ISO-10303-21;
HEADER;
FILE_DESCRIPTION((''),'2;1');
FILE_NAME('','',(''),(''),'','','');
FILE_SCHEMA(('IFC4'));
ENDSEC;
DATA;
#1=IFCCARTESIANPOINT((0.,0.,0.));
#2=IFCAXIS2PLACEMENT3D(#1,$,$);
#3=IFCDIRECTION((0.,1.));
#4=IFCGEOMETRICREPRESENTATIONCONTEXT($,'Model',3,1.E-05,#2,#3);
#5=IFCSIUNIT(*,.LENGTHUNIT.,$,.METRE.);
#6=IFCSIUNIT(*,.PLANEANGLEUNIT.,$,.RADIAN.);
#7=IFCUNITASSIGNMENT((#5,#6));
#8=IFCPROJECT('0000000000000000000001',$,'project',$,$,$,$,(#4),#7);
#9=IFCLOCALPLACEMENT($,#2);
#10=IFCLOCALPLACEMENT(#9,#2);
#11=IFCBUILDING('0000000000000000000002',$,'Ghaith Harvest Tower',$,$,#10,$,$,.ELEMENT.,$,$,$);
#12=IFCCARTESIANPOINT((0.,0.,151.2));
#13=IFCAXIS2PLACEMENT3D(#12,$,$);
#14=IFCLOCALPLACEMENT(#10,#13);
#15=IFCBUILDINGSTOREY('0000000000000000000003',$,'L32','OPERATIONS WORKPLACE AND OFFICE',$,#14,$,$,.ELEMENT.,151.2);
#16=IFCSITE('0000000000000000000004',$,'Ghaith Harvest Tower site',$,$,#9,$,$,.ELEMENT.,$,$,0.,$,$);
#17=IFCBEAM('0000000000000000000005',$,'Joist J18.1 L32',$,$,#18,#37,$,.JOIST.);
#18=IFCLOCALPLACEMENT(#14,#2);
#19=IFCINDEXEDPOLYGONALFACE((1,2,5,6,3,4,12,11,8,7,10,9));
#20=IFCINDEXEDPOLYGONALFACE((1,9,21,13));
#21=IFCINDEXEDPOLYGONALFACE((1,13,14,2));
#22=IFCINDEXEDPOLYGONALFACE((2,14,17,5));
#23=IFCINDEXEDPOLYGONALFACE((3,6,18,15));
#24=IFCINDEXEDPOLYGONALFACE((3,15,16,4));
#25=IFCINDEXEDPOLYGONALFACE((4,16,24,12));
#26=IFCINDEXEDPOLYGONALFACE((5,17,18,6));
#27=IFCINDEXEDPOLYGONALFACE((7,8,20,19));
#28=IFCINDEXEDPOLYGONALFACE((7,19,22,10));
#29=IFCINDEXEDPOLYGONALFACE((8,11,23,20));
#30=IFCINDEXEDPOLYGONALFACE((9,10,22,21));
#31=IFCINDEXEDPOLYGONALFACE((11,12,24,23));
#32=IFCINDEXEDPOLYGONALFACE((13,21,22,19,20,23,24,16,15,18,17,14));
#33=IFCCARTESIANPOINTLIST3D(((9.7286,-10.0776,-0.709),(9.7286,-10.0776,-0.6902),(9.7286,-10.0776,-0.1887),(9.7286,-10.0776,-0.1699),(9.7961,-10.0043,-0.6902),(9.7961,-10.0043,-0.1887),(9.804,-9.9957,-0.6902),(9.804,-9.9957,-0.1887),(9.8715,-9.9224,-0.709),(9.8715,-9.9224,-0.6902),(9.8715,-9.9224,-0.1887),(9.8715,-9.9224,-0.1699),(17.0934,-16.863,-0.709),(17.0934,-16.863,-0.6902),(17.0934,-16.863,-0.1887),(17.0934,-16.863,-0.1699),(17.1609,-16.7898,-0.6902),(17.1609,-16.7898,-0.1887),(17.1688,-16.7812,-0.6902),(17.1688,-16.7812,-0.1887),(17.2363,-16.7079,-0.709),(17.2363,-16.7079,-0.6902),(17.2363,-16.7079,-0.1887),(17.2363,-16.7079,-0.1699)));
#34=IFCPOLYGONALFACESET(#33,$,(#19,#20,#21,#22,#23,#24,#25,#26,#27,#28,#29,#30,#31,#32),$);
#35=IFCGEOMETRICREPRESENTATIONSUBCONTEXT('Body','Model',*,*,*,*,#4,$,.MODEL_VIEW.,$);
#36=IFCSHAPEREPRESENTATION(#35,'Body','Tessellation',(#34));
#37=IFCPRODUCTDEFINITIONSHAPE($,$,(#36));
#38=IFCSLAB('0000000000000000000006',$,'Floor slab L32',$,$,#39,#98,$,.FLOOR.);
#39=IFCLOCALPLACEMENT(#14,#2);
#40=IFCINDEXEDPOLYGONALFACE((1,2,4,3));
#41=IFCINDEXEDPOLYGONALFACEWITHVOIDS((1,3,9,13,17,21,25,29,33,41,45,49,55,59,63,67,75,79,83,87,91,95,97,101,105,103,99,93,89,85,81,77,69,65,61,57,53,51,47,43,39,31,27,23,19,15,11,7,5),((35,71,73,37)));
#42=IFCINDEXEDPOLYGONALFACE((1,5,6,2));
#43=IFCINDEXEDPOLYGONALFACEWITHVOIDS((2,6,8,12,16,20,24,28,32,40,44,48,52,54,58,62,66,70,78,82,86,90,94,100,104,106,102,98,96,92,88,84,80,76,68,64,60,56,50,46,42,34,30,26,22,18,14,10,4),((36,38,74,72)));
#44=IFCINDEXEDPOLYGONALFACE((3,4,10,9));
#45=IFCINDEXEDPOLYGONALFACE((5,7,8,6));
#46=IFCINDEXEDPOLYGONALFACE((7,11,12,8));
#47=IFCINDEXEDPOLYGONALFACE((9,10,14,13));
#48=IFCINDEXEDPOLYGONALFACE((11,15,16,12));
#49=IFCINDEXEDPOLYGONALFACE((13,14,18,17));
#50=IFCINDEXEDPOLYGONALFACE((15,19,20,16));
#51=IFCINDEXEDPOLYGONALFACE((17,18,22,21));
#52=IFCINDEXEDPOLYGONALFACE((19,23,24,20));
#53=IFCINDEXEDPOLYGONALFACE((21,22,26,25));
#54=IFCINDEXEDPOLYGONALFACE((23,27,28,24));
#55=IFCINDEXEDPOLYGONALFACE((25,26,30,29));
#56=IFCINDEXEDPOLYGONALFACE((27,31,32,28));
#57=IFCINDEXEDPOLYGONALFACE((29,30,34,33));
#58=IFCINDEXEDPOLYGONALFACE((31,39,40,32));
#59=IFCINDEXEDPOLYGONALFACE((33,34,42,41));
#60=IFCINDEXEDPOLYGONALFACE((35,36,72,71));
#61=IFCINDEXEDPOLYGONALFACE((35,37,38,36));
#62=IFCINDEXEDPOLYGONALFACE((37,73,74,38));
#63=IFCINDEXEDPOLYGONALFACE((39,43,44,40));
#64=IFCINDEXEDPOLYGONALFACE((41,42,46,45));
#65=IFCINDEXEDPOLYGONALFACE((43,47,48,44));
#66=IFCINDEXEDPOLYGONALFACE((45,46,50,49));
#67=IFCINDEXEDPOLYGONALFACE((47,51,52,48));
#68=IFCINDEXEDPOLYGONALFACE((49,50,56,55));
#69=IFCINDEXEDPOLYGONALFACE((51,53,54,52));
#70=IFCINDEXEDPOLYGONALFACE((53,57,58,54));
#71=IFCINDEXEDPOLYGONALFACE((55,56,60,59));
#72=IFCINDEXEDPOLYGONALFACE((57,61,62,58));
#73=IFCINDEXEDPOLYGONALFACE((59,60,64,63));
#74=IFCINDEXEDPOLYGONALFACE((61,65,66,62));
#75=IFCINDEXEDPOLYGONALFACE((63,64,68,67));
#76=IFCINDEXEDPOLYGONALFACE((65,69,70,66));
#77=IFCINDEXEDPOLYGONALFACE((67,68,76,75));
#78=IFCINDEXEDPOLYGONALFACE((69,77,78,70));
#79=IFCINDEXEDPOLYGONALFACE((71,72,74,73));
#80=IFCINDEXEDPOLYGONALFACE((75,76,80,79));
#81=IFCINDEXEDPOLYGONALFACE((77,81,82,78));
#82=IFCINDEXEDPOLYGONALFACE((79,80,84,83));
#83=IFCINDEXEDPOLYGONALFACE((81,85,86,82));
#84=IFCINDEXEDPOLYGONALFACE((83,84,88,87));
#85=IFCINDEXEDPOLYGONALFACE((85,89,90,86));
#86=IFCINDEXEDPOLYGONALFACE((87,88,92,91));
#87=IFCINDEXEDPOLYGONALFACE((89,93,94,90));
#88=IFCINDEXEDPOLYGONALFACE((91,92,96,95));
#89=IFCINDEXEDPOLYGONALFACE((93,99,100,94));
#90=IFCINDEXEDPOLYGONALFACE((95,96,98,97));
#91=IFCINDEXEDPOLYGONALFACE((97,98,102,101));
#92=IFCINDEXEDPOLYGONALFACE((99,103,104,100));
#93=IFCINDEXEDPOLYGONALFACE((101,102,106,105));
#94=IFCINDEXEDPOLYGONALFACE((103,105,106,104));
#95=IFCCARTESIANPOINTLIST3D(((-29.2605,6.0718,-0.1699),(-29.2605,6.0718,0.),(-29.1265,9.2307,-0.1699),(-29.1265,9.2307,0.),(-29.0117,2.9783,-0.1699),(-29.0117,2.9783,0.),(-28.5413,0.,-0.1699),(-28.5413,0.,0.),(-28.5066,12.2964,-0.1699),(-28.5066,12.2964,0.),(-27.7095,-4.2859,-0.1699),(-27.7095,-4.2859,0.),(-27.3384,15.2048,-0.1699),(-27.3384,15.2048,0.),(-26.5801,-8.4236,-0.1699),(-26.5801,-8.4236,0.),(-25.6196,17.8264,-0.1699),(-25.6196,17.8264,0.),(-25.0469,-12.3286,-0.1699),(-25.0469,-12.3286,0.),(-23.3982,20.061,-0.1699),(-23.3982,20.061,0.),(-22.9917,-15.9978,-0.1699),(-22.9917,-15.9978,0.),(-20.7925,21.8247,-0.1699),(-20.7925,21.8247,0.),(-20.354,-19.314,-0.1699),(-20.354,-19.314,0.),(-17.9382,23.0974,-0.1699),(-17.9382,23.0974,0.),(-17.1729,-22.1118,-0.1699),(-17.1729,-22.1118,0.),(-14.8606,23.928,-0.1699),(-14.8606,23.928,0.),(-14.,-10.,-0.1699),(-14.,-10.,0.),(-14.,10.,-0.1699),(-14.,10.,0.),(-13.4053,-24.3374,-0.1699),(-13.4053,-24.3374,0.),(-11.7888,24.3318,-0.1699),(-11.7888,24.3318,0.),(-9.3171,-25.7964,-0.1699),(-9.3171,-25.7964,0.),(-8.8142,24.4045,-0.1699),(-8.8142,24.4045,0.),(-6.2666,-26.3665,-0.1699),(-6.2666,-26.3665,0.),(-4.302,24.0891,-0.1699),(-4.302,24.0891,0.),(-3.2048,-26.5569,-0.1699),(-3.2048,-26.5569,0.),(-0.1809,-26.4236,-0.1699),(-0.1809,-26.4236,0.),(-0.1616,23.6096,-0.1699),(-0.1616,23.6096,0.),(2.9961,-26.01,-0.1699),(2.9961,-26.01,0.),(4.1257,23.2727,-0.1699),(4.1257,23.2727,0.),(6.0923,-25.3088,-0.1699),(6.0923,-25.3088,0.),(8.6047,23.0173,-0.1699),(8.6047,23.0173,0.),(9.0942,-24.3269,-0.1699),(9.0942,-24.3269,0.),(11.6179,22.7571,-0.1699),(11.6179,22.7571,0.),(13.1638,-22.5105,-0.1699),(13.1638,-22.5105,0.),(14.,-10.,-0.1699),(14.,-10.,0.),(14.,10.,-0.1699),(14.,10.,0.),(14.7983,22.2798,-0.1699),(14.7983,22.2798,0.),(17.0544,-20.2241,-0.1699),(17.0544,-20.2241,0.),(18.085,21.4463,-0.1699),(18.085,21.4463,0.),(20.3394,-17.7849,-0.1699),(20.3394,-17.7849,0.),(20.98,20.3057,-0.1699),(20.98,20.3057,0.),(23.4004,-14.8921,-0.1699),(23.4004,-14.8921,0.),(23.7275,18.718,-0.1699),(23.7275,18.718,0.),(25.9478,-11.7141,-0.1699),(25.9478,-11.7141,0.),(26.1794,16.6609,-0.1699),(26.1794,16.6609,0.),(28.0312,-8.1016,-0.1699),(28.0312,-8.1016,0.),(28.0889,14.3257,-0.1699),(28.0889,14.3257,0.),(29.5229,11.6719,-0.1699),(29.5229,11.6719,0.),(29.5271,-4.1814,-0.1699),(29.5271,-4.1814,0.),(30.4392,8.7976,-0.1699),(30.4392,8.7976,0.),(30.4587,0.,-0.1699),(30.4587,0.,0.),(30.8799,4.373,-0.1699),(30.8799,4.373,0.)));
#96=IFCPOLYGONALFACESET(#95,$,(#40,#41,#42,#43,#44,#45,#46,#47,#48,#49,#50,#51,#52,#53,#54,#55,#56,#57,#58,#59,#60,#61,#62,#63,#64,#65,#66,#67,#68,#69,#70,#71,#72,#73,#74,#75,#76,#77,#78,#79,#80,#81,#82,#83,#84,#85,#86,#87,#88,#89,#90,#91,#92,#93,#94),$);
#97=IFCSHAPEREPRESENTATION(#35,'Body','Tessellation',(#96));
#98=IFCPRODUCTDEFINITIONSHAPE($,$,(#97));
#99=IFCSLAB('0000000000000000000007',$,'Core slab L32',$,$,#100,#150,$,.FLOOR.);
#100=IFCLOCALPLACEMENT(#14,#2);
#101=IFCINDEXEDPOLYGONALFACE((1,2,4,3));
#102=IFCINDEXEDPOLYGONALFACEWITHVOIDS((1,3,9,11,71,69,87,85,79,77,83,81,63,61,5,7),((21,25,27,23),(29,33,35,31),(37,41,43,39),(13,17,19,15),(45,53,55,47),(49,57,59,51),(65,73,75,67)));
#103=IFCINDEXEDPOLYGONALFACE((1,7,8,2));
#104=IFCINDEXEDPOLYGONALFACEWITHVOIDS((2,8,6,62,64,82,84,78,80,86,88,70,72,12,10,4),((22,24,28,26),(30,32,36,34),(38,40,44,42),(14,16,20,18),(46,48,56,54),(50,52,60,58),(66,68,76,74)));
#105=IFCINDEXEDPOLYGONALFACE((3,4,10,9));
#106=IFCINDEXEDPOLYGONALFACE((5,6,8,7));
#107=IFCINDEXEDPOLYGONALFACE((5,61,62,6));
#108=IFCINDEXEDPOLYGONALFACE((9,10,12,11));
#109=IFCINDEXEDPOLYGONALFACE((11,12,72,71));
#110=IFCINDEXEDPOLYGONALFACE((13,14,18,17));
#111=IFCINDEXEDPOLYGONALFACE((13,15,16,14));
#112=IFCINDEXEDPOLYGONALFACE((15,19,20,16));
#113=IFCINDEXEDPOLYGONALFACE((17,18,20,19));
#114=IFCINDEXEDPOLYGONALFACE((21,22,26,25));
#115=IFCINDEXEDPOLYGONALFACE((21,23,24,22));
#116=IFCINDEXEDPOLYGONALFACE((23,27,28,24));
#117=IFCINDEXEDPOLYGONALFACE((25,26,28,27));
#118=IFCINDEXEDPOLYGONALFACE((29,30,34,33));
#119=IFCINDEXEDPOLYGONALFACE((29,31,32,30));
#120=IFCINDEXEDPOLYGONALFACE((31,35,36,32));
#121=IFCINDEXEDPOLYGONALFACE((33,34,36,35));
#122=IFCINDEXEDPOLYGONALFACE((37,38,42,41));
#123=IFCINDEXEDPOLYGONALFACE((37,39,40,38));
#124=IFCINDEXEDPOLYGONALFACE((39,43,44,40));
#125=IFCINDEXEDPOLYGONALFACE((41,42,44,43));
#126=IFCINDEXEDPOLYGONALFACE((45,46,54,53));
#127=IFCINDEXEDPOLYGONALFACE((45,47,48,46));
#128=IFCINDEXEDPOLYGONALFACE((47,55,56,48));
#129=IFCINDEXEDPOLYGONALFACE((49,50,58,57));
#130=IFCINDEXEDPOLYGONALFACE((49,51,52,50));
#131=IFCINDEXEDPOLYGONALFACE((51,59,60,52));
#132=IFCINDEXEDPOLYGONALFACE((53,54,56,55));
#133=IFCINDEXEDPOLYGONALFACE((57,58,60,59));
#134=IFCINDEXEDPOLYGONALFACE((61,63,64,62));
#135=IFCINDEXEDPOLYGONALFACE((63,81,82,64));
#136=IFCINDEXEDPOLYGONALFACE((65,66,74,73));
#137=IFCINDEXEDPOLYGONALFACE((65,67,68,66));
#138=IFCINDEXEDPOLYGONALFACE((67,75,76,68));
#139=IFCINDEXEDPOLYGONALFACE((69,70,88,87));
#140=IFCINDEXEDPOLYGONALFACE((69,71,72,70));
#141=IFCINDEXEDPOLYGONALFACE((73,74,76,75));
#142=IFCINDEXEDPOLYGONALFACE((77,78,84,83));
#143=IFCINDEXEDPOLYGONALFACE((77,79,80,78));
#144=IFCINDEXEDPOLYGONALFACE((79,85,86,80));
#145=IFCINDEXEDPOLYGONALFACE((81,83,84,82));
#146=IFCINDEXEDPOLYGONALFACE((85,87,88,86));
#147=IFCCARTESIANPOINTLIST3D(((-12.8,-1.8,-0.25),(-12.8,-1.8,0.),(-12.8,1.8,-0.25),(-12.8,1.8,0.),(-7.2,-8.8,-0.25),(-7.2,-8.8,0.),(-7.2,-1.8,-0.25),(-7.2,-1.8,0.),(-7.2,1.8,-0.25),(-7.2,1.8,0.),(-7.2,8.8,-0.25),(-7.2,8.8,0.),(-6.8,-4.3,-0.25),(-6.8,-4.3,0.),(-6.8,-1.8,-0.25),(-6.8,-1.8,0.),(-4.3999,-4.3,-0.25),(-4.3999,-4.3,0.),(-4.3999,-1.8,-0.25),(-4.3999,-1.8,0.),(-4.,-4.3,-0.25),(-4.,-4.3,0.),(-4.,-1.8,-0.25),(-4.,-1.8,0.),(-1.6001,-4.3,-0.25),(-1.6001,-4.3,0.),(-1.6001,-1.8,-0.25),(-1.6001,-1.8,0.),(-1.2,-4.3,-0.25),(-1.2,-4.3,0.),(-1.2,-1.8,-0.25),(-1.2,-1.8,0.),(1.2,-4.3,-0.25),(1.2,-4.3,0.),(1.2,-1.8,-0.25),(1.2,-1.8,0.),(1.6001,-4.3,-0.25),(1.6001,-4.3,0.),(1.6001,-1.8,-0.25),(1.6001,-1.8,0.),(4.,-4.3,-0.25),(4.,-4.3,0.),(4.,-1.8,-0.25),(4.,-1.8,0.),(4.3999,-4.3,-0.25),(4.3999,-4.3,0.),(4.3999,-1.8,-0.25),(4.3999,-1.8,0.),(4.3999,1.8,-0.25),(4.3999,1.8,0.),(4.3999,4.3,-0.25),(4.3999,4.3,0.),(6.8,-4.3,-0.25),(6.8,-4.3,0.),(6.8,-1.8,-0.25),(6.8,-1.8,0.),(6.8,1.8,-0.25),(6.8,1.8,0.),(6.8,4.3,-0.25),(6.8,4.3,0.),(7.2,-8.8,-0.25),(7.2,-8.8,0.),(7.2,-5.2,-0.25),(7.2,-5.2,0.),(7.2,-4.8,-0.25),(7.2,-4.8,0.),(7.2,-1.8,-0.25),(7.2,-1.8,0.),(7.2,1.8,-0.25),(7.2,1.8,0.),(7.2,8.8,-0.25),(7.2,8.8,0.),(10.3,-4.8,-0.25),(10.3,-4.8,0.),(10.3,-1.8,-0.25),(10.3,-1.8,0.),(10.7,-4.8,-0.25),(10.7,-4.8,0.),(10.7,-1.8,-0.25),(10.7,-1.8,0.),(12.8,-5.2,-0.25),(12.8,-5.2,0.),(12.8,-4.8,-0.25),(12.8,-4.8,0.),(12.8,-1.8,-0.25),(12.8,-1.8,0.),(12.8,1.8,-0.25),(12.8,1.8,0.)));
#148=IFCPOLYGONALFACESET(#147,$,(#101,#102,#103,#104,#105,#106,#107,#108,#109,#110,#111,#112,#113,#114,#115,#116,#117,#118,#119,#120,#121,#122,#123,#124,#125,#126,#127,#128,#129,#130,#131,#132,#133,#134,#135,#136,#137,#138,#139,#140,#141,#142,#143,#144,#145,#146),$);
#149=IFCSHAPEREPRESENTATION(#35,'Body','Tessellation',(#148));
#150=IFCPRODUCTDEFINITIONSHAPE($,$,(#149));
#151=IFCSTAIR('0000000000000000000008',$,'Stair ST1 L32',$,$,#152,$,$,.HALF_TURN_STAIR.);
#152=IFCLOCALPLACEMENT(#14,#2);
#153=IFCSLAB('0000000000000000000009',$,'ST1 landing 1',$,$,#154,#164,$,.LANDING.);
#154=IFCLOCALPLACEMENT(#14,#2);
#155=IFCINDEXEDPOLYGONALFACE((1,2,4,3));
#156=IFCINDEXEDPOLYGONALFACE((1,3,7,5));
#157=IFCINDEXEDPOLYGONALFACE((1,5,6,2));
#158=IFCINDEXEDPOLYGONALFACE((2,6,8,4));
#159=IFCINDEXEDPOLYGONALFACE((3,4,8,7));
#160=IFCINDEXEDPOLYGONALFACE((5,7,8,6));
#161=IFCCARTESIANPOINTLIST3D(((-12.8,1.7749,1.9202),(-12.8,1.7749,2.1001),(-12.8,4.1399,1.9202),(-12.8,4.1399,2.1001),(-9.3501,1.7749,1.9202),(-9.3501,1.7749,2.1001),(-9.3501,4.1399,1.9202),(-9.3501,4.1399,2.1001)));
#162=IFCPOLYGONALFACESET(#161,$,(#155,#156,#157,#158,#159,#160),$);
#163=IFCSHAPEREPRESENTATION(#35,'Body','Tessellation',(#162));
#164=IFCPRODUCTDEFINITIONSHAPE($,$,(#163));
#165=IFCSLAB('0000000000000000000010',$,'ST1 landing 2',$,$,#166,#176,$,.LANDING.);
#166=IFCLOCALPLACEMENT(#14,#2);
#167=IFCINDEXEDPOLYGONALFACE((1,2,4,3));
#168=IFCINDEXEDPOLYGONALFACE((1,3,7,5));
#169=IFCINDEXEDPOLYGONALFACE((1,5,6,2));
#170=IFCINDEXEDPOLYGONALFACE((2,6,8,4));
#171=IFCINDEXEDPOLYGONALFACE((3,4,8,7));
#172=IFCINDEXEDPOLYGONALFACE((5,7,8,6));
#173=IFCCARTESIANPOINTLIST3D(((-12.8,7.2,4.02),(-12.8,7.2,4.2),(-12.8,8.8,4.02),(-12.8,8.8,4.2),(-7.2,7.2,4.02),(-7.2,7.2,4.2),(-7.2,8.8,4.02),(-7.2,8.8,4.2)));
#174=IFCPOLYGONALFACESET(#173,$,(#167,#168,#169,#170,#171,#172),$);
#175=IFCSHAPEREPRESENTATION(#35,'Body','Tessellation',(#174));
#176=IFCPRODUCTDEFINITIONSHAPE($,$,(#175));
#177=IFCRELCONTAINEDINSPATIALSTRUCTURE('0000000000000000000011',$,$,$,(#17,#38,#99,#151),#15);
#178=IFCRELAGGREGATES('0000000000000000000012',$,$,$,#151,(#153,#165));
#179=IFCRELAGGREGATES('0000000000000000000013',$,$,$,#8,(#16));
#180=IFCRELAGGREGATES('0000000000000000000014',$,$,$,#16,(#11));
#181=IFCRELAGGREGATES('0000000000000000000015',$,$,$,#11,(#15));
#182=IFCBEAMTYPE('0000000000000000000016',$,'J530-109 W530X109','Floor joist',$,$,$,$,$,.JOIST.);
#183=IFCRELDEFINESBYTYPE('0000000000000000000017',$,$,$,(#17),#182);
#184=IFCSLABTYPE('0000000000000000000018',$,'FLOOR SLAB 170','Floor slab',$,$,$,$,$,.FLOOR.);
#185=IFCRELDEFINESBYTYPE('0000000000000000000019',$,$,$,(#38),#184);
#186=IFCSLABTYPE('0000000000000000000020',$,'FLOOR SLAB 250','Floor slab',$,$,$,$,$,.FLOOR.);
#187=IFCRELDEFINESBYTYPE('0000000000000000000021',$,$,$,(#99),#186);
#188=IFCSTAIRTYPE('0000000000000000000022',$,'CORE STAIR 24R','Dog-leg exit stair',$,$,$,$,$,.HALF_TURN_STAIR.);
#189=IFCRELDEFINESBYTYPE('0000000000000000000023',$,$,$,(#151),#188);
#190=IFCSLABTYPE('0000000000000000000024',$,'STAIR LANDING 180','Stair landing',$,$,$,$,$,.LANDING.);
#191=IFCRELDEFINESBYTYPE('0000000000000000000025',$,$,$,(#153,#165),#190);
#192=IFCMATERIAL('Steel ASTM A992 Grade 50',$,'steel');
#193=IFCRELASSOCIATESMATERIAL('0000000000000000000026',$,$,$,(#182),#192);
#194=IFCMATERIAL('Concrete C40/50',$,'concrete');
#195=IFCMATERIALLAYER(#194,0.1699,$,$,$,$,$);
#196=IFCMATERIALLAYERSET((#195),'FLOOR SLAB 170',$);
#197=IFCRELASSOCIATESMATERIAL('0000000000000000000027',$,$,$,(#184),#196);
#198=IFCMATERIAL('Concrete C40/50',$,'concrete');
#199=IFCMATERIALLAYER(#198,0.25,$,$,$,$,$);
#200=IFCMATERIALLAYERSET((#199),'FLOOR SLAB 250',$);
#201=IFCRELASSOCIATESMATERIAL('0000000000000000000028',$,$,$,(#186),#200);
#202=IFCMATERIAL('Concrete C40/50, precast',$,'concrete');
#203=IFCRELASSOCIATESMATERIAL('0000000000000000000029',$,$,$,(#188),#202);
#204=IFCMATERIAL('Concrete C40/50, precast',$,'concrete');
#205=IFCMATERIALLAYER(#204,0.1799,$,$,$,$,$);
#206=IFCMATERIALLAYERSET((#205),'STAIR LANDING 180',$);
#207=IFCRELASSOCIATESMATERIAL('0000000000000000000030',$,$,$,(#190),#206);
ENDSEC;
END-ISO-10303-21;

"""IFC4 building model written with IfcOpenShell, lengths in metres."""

from ifc_helpers import new_model, si_unit, direction, frame, origin, origin_2d, place, context, subcontext, project, spatial, polyline, i_section, outline, extrude, material, layer, layer_set, material_profile, profile_set, type_object, element, aggregate, save


model = new_model("IFC4")

# Units and contexts
model_context = context("Model", 3, precision=1e-05, world=origin(), true_north=direction((0.0, 1.0)))
body_context = subcontext(model_context, "Body", "Model", "MODEL_VIEW")
ifc_project = project(units=[si_unit("LENGTHUNIT", "METRE"), si_unit("PLANEANGLEUNIT", "RADIAN")], contexts=[model_context])

# Site, building, storey
site_placement = place(None, origin())
site = spatial("IfcSite", under=ifc_project, at=site_placement, Name="Ghaith Harvest Tower site", CompositionType="ELEMENT", RefElevation=0.0)
building_placement = place(site_placement, origin())
building = spatial("IfcBuilding", under=site, at=building_placement, Name="Ghaith Harvest Tower", CompositionType="ELEMENT")
storey_placement = place(building_placement, frame((0.0, 0.0, 151.2)))
storey = spatial("IfcBuildingStorey", under=building, at=storey_placement, Name="L32", Description="OPERATIONS WORKPLACE AND OFFICE", CompositionType="ELEMENT", Elevation=151.2)

# Beam
ifc_material_1 = material(Name="Steel ASTM A992 Grade 50", Category="steel")
ifc_material_profile = material_profile(ifc_material_1, i_section(OverallWidth=0.2109, OverallDepth=0.5391, WebThickness=0.0117, FlangeThickness=0.0188, at=origin_2d()), Name="W530X109")
ifc_profile_set = profile_set([ifc_material_profile], Name="Steel ASTM A992 Grade 50")
beam_type = type_object("IfcBeamType", Name="J530-109 W530X109", Description="Floor joist", PredefinedType="JOIST", material=ifc_profile_set)
beam_placement = place(storey_placement, frame((9.8, -10.0, -0.4395), z_axis=(0.735442, -0.677588, 0.0), x_axis=(0.677588, 0.735442, 0.0)))
element("IfcBeam", 1, at=beam_placement, inside=storey, type_object=beam_type, Name="Joist J18.1 L32", PredefinedType="JOIST", context=body_context, shape_type="SweptSolid", body=[
    extrude(i_section(OverallWidth=0.2109, OverallDepth=0.5391, WebThickness=0.0117, FlangeThickness=0.0188, at=origin_2d()), origin(), (0.0, 0.0, 1.0), 10.0142),
])

# Slabs
ifc_material_2 = material(Name="Concrete C40/50", Category="concrete")
ifc_layer_1 = layer(ifc_material_2, 0.1699)
ifc_layer_set_1 = layer_set([ifc_layer_1], Name="FLOOR SLAB 170")
slab_type_1 = type_object("IfcSlabType", Name="FLOOR SLAB 170", Description="Floor slab", PredefinedType="FLOOR", material=ifc_layer_set_1)
slab_1_placement = place(storey_placement, frame((0.0, 0.0, -0.1699)))
element("IfcSlab", 2, at=slab_1_placement, inside=storey, type_object=slab_type_1, Name="Floor slab L32", PredefinedType="FLOOR", context=body_context, shape_type="SweptSolid", body=[
    extrude(outline(polyline([(30.4587, 0.0), (30.8799, 4.373), (30.4392, 8.7976), (29.5229, 11.6719), (28.0889, 14.3257), (26.1794, 16.6609), (23.7275, 18.718), (20.98, 20.3057), (18.085, 21.4463), (14.7983, 22.2798), (11.6179, 22.7571), (8.6047, 23.0173), (4.1257, 23.2727), (-0.1616, 23.6096), (-4.302, 24.0891), (-8.8142, 24.4045), (-11.7888, 24.3318), (-14.8606, 23.928), (-17.9382, 23.0974), (-20.7925, 21.8247), (-23.3982, 20.061), (-25.6196, 17.8264), (-27.3384, 15.2048), (-28.5066, 12.2964), (-29.1265, 9.2307), (-29.2605, 6.0718), (-29.0117, 2.9783), (-28.5413, 0.0), (-27.7095, -4.2859), (-26.5801, -8.4236), (-25.0469, -12.3286), (-22.9917, -15.9978), (-20.354, -19.314), (-17.1729, -22.1118), (-13.4053, -24.3374), (-9.3171, -25.7964), (-6.2666, -26.3665), (-3.2048, -26.5569), (-0.1809, -26.4236), (2.9961, -26.01), (6.0923, -25.3088), (9.0942, -24.3269), (13.1638, -22.5105), (17.0544, -20.2241), (20.3394, -17.7849), (23.4004, -14.8921), (25.9478, -11.7141), (28.0312, -8.1016), (29.5271, -4.1814), (30.4587, 0.0)]), holes=[polyline([(-14.0, -10.0), (14.0, -10.0), (14.0, 10.0), (-14.0, 10.0), (-14.0, -10.0)])]), origin(), (0.0, 0.0, 1.0), 0.1699),
])
ifc_material_3 = material(Name="Concrete C40/50", Category="concrete")
ifc_layer_2 = layer(ifc_material_3, 0.25)
ifc_layer_set_2 = layer_set([ifc_layer_2], Name="FLOOR SLAB 250")
slab_type_2 = type_object("IfcSlabType", Name="FLOOR SLAB 250", Description="Floor slab", PredefinedType="FLOOR", material=ifc_layer_set_2)
slab_2_placement = place(storey_placement, frame((0.0, 0.0, -0.25)))
element("IfcSlab", 3, at=slab_2_placement, inside=storey, type_object=slab_type_2, Name="Core slab L32", PredefinedType="FLOOR", context=body_context, shape_type="SweptSolid", body=[
    extrude(outline(polyline([(-12.8, 1.8), (-7.2, 1.8), (-7.2, 8.8), (7.2, 8.8), (7.2, 1.8), (12.8, 1.8), (12.8, -1.8), (10.7, -1.8), (10.7, -4.8), (12.8, -4.8), (12.8, -5.2), (7.2, -5.2), (7.2, -8.8), (-7.2, -8.8), (-7.2, -1.8), (-12.8, -1.8), (-12.8, 1.8)]), holes=[polyline([(-4.3999, -4.3), (-4.3999, -1.8), (-6.8, -1.8), (-6.8, -4.3), (-4.3999, -4.3)]), polyline([(-1.6001, -4.3), (-1.6001, -1.8), (-4.0, -1.8), (-4.0, -4.3), (-1.6001, -4.3)]), polyline([(1.2, -1.8), (-1.2, -1.8), (-1.2, -4.3), (1.2, -4.3), (1.2, -1.8)]), polyline([(4.0, -4.3), (4.0, -1.8), (1.6001, -1.8), (1.6001, -4.3), (4.0, -4.3)]), polyline([(10.3, -4.8), (10.3, -1.8), (7.2, -1.8), (7.2, -4.8), (10.3, -4.8)]), polyline([(6.8, -1.8), (4.3999, -1.8), (4.3999, -4.3), (6.8, -4.3), (6.8, -1.8)]), polyline([(6.8, 1.8), (6.8, 4.3), (4.3999, 4.3), (4.3999, 1.8), (6.8, 1.8)])]), origin(), (0.0, 0.0, 1.0), 0.25),
])

# Stair, slabs
ifc_material_4 = material(Name="Concrete C40/50, precast", Category="concrete")
stair_type = type_object("IfcStairType", Name="CORE STAIR 24R", Description="Dog-leg exit stair", PredefinedType="HALF_TURN_STAIR", material=ifc_material_4)
stair_1_placement = place(storey_placement, origin())
stair_1 = element("IfcStair", 4, at=stair_1_placement, inside=storey, type_object=stair_type, Name="Stair ST1 L32", PredefinedType="HALF_TURN_STAIR")
ifc_material_5 = material(Name="Concrete C40/50, precast", Category="concrete")
ifc_layer_3 = layer(ifc_material_5, 0.1799)
ifc_layer_set_3 = layer_set([ifc_layer_3], Name="STAIR LANDING 180")
slab_type_3 = type_object("IfcSlabType", Name="STAIR LANDING 180", Description="Stair landing", PredefinedType="LANDING", material=ifc_layer_set_3)
slab_3_placement = place(storey_placement, frame((0.0, 0.0, 1.9202)))
slab_3 = element("IfcSlab", 5, at=slab_3_placement, type_object=slab_type_3, Name="ST1 landing 1", PredefinedType="LANDING", context=body_context, shape_type="SweptSolid", body=[
    extrude(outline(polyline([(-12.8, 4.1399), (-12.8, 1.7749), (-9.3501, 1.7749), (-9.3501, 4.1399), (-12.8, 4.1399)])), origin(), (0.0, 0.0, 1.0), 0.1799),
])
slab_4_placement = place(storey_placement, frame((0.0, 0.0, 4.02)))
slab_4 = element("IfcSlab", 6, at=slab_4_placement, type_object=slab_type_3, Name="ST1 landing 2", PredefinedType="LANDING", context=body_context, shape_type="SweptSolid", body=[
    extrude(outline(polyline([(-12.8, 8.8), (-12.8, 7.2), (-7.2, 7.2), (-7.2, 8.8), (-12.8, 8.8)])), origin(), (0.0, 0.0, 1.0), 0.1799),
])
aggregate(stair_1, [slab_3, slab_4])

save(model, "model.ifc")
